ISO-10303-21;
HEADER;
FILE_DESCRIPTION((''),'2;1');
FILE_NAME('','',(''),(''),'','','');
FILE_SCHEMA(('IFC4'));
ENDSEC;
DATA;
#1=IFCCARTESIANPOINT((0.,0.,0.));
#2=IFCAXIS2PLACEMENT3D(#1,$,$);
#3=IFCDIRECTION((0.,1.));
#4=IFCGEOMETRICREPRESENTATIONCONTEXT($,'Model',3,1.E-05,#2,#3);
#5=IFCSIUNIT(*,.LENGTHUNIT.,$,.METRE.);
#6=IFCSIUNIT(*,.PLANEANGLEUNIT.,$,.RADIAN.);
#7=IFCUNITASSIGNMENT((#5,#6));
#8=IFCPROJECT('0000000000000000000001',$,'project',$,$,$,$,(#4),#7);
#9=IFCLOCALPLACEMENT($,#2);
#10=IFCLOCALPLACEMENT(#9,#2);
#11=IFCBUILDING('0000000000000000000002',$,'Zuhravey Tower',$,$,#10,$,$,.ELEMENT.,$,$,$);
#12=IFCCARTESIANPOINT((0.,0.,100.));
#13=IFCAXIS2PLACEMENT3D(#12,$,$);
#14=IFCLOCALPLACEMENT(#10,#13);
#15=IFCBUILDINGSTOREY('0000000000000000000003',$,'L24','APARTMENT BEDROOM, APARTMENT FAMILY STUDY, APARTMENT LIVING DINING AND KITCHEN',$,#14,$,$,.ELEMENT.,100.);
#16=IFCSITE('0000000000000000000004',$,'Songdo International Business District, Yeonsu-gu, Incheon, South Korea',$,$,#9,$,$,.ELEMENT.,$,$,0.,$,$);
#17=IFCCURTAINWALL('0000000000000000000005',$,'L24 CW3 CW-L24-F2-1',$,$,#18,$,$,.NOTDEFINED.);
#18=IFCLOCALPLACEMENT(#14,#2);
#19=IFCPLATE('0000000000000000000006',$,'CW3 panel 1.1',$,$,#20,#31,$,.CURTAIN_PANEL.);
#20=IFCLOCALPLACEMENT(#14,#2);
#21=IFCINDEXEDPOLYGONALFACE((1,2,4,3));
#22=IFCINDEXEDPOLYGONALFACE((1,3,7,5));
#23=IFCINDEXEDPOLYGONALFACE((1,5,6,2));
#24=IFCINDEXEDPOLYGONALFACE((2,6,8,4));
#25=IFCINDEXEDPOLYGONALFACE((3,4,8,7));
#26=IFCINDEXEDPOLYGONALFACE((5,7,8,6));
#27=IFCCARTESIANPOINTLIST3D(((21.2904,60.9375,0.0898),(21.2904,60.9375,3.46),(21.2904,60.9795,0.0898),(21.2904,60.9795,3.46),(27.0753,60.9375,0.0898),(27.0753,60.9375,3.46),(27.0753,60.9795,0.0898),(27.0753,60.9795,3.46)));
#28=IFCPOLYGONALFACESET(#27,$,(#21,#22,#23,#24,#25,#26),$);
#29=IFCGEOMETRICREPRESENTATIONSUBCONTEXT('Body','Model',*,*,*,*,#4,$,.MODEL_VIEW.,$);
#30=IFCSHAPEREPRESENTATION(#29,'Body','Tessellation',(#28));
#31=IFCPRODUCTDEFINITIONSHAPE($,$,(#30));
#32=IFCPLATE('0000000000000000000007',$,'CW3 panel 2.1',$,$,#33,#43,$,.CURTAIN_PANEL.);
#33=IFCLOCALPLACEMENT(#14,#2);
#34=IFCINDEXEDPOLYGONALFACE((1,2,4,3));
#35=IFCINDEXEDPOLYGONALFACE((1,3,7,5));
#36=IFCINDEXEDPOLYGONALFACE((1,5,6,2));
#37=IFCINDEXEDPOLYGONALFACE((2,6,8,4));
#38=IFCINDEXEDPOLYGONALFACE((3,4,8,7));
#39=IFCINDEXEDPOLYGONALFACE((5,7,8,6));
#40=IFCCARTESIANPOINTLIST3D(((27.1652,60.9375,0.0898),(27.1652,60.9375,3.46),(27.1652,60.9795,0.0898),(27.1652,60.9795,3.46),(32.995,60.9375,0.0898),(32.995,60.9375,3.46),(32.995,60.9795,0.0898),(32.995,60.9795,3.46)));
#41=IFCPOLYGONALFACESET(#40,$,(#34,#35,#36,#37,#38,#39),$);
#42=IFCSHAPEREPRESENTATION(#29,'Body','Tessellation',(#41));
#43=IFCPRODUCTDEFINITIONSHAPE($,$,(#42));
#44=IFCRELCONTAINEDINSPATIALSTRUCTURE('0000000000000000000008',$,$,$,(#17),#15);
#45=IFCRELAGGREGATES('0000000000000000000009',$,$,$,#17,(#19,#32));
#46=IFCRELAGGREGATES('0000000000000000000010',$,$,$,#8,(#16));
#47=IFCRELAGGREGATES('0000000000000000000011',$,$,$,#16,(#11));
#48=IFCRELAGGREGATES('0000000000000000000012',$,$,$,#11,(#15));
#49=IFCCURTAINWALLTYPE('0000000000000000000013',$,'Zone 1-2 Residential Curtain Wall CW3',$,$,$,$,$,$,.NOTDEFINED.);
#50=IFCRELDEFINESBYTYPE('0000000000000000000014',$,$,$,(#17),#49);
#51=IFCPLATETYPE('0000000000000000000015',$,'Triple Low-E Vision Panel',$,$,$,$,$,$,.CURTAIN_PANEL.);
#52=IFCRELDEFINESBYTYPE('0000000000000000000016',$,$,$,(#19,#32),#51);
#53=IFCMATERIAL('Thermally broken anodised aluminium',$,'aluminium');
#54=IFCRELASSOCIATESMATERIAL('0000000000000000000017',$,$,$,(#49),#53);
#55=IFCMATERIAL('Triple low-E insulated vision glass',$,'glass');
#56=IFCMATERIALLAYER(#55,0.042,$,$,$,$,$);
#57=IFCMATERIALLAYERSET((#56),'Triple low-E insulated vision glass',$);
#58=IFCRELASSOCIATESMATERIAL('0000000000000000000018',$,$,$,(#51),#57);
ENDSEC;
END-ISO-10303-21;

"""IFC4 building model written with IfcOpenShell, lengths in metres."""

from ifc_helpers import new_model, si_unit, direction, frame, origin, origin_2d, place, context, subcontext, project, spatial, rectangle, extrude, material, layer, layer_set, type_object, element, aggregate, save


model = new_model("IFC4")

# Units and contexts
model_context = context("Model", 3, precision=1e-05, world=origin(), true_north=direction((0.0, 1.0)))
body_context = subcontext(model_context, "Body", "Model", "MODEL_VIEW")
ifc_project = project(units=[si_unit("LENGTHUNIT", "METRE"), si_unit("PLANEANGLEUNIT", "RADIAN")], contexts=[model_context])

# Site, building, storey
site_placement = place(None, origin())
site = spatial("IfcSite", under=ifc_project, at=site_placement, Name="Songdo International Business District, Yeonsu-gu, Incheon, South Korea", CompositionType="ELEMENT", RefElevation=0.0)
building_placement = place(site_placement, origin())
building = spatial("IfcBuilding", under=site, at=building_placement, Name="Zuhravey Tower", CompositionType="ELEMENT")
storey_placement = place(building_placement, frame((0.0, 0.0, 100.0)))
storey = spatial("IfcBuildingStorey", under=building, at=storey_placement, Name="L24", Description="APARTMENT BEDROOM, APARTMENT FAMILY STUDY, APARTMENT LIVING DINING AND KITCHEN", CompositionType="ELEMENT", Elevation=100.0)

# Curtain wall
ifc_material_1 = material(Name="Thermally broken anodised aluminium", Category="aluminium")
curtain_wall_type = type_object("IfcCurtainWallType", Name="Zone 1-2 Residential Curtain Wall CW3", PredefinedType="NOTDEFINED", material=ifc_material_1)
curtain_wall_placement = place(storey_placement, origin())
curtain_wall = element("IfcCurtainWall", 1, at=curtain_wall_placement, inside=storey, type_object=curtain_wall_type, Name="L24 CW3 CW-L24-F2-1", PredefinedType="NOTDEFINED")

# Plates
ifc_material_2 = material(Name="Triple low-E insulated vision glass", Category="glass")
ifc_layer_1 = layer(ifc_material_2, 0.042)
ifc_layer_set_1 = layer_set([ifc_layer_1], Name="Triple low-E insulated vision glass")
plate_type_1 = type_object("IfcPlateType", Name="Triple Low-E Vision Panel", PredefinedType="CURTAIN_PANEL", material=ifc_layer_set_1)
plate_1_placement = place(storey_placement, frame((24.1829, 60.9585, 0.0898), z_axis=(0.0, 0.0, 1.0), x_axis=(1.0, 0.0, 0.0)))
plate_1 = element("IfcPlate", 2, at=plate_1_placement, type_object=plate_type_1, Name="CW3 panel 1.1", PredefinedType="CURTAIN_PANEL", context=body_context, shape_type="SweptSolid", body=[
    extrude(rectangle(XDim=5.7849, YDim=0.042, at=origin_2d()), origin(), (0.0, 0.0, 1.0), 3.3701),
])
plate_2_placement = place(storey_placement, frame((30.0801, 60.9585, 0.0898), z_axis=(0.0, 0.0, 1.0), x_axis=(1.0, 0.0, 0.0)))
plate_2 = element("IfcPlate", 3, at=plate_2_placement, type_object=plate_type_1, Name="CW3 panel 2.1", PredefinedType="CURTAIN_PANEL", context=body_context, shape_type="SweptSolid", body=[
    extrude(rectangle(XDim=5.8298, YDim=0.042, at=origin_2d()), origin(), (0.0, 0.0, 1.0), 3.3701),
])
aggregate(curtain_wall, [plate_1, plate_2])

save(model, "model.ifc")
